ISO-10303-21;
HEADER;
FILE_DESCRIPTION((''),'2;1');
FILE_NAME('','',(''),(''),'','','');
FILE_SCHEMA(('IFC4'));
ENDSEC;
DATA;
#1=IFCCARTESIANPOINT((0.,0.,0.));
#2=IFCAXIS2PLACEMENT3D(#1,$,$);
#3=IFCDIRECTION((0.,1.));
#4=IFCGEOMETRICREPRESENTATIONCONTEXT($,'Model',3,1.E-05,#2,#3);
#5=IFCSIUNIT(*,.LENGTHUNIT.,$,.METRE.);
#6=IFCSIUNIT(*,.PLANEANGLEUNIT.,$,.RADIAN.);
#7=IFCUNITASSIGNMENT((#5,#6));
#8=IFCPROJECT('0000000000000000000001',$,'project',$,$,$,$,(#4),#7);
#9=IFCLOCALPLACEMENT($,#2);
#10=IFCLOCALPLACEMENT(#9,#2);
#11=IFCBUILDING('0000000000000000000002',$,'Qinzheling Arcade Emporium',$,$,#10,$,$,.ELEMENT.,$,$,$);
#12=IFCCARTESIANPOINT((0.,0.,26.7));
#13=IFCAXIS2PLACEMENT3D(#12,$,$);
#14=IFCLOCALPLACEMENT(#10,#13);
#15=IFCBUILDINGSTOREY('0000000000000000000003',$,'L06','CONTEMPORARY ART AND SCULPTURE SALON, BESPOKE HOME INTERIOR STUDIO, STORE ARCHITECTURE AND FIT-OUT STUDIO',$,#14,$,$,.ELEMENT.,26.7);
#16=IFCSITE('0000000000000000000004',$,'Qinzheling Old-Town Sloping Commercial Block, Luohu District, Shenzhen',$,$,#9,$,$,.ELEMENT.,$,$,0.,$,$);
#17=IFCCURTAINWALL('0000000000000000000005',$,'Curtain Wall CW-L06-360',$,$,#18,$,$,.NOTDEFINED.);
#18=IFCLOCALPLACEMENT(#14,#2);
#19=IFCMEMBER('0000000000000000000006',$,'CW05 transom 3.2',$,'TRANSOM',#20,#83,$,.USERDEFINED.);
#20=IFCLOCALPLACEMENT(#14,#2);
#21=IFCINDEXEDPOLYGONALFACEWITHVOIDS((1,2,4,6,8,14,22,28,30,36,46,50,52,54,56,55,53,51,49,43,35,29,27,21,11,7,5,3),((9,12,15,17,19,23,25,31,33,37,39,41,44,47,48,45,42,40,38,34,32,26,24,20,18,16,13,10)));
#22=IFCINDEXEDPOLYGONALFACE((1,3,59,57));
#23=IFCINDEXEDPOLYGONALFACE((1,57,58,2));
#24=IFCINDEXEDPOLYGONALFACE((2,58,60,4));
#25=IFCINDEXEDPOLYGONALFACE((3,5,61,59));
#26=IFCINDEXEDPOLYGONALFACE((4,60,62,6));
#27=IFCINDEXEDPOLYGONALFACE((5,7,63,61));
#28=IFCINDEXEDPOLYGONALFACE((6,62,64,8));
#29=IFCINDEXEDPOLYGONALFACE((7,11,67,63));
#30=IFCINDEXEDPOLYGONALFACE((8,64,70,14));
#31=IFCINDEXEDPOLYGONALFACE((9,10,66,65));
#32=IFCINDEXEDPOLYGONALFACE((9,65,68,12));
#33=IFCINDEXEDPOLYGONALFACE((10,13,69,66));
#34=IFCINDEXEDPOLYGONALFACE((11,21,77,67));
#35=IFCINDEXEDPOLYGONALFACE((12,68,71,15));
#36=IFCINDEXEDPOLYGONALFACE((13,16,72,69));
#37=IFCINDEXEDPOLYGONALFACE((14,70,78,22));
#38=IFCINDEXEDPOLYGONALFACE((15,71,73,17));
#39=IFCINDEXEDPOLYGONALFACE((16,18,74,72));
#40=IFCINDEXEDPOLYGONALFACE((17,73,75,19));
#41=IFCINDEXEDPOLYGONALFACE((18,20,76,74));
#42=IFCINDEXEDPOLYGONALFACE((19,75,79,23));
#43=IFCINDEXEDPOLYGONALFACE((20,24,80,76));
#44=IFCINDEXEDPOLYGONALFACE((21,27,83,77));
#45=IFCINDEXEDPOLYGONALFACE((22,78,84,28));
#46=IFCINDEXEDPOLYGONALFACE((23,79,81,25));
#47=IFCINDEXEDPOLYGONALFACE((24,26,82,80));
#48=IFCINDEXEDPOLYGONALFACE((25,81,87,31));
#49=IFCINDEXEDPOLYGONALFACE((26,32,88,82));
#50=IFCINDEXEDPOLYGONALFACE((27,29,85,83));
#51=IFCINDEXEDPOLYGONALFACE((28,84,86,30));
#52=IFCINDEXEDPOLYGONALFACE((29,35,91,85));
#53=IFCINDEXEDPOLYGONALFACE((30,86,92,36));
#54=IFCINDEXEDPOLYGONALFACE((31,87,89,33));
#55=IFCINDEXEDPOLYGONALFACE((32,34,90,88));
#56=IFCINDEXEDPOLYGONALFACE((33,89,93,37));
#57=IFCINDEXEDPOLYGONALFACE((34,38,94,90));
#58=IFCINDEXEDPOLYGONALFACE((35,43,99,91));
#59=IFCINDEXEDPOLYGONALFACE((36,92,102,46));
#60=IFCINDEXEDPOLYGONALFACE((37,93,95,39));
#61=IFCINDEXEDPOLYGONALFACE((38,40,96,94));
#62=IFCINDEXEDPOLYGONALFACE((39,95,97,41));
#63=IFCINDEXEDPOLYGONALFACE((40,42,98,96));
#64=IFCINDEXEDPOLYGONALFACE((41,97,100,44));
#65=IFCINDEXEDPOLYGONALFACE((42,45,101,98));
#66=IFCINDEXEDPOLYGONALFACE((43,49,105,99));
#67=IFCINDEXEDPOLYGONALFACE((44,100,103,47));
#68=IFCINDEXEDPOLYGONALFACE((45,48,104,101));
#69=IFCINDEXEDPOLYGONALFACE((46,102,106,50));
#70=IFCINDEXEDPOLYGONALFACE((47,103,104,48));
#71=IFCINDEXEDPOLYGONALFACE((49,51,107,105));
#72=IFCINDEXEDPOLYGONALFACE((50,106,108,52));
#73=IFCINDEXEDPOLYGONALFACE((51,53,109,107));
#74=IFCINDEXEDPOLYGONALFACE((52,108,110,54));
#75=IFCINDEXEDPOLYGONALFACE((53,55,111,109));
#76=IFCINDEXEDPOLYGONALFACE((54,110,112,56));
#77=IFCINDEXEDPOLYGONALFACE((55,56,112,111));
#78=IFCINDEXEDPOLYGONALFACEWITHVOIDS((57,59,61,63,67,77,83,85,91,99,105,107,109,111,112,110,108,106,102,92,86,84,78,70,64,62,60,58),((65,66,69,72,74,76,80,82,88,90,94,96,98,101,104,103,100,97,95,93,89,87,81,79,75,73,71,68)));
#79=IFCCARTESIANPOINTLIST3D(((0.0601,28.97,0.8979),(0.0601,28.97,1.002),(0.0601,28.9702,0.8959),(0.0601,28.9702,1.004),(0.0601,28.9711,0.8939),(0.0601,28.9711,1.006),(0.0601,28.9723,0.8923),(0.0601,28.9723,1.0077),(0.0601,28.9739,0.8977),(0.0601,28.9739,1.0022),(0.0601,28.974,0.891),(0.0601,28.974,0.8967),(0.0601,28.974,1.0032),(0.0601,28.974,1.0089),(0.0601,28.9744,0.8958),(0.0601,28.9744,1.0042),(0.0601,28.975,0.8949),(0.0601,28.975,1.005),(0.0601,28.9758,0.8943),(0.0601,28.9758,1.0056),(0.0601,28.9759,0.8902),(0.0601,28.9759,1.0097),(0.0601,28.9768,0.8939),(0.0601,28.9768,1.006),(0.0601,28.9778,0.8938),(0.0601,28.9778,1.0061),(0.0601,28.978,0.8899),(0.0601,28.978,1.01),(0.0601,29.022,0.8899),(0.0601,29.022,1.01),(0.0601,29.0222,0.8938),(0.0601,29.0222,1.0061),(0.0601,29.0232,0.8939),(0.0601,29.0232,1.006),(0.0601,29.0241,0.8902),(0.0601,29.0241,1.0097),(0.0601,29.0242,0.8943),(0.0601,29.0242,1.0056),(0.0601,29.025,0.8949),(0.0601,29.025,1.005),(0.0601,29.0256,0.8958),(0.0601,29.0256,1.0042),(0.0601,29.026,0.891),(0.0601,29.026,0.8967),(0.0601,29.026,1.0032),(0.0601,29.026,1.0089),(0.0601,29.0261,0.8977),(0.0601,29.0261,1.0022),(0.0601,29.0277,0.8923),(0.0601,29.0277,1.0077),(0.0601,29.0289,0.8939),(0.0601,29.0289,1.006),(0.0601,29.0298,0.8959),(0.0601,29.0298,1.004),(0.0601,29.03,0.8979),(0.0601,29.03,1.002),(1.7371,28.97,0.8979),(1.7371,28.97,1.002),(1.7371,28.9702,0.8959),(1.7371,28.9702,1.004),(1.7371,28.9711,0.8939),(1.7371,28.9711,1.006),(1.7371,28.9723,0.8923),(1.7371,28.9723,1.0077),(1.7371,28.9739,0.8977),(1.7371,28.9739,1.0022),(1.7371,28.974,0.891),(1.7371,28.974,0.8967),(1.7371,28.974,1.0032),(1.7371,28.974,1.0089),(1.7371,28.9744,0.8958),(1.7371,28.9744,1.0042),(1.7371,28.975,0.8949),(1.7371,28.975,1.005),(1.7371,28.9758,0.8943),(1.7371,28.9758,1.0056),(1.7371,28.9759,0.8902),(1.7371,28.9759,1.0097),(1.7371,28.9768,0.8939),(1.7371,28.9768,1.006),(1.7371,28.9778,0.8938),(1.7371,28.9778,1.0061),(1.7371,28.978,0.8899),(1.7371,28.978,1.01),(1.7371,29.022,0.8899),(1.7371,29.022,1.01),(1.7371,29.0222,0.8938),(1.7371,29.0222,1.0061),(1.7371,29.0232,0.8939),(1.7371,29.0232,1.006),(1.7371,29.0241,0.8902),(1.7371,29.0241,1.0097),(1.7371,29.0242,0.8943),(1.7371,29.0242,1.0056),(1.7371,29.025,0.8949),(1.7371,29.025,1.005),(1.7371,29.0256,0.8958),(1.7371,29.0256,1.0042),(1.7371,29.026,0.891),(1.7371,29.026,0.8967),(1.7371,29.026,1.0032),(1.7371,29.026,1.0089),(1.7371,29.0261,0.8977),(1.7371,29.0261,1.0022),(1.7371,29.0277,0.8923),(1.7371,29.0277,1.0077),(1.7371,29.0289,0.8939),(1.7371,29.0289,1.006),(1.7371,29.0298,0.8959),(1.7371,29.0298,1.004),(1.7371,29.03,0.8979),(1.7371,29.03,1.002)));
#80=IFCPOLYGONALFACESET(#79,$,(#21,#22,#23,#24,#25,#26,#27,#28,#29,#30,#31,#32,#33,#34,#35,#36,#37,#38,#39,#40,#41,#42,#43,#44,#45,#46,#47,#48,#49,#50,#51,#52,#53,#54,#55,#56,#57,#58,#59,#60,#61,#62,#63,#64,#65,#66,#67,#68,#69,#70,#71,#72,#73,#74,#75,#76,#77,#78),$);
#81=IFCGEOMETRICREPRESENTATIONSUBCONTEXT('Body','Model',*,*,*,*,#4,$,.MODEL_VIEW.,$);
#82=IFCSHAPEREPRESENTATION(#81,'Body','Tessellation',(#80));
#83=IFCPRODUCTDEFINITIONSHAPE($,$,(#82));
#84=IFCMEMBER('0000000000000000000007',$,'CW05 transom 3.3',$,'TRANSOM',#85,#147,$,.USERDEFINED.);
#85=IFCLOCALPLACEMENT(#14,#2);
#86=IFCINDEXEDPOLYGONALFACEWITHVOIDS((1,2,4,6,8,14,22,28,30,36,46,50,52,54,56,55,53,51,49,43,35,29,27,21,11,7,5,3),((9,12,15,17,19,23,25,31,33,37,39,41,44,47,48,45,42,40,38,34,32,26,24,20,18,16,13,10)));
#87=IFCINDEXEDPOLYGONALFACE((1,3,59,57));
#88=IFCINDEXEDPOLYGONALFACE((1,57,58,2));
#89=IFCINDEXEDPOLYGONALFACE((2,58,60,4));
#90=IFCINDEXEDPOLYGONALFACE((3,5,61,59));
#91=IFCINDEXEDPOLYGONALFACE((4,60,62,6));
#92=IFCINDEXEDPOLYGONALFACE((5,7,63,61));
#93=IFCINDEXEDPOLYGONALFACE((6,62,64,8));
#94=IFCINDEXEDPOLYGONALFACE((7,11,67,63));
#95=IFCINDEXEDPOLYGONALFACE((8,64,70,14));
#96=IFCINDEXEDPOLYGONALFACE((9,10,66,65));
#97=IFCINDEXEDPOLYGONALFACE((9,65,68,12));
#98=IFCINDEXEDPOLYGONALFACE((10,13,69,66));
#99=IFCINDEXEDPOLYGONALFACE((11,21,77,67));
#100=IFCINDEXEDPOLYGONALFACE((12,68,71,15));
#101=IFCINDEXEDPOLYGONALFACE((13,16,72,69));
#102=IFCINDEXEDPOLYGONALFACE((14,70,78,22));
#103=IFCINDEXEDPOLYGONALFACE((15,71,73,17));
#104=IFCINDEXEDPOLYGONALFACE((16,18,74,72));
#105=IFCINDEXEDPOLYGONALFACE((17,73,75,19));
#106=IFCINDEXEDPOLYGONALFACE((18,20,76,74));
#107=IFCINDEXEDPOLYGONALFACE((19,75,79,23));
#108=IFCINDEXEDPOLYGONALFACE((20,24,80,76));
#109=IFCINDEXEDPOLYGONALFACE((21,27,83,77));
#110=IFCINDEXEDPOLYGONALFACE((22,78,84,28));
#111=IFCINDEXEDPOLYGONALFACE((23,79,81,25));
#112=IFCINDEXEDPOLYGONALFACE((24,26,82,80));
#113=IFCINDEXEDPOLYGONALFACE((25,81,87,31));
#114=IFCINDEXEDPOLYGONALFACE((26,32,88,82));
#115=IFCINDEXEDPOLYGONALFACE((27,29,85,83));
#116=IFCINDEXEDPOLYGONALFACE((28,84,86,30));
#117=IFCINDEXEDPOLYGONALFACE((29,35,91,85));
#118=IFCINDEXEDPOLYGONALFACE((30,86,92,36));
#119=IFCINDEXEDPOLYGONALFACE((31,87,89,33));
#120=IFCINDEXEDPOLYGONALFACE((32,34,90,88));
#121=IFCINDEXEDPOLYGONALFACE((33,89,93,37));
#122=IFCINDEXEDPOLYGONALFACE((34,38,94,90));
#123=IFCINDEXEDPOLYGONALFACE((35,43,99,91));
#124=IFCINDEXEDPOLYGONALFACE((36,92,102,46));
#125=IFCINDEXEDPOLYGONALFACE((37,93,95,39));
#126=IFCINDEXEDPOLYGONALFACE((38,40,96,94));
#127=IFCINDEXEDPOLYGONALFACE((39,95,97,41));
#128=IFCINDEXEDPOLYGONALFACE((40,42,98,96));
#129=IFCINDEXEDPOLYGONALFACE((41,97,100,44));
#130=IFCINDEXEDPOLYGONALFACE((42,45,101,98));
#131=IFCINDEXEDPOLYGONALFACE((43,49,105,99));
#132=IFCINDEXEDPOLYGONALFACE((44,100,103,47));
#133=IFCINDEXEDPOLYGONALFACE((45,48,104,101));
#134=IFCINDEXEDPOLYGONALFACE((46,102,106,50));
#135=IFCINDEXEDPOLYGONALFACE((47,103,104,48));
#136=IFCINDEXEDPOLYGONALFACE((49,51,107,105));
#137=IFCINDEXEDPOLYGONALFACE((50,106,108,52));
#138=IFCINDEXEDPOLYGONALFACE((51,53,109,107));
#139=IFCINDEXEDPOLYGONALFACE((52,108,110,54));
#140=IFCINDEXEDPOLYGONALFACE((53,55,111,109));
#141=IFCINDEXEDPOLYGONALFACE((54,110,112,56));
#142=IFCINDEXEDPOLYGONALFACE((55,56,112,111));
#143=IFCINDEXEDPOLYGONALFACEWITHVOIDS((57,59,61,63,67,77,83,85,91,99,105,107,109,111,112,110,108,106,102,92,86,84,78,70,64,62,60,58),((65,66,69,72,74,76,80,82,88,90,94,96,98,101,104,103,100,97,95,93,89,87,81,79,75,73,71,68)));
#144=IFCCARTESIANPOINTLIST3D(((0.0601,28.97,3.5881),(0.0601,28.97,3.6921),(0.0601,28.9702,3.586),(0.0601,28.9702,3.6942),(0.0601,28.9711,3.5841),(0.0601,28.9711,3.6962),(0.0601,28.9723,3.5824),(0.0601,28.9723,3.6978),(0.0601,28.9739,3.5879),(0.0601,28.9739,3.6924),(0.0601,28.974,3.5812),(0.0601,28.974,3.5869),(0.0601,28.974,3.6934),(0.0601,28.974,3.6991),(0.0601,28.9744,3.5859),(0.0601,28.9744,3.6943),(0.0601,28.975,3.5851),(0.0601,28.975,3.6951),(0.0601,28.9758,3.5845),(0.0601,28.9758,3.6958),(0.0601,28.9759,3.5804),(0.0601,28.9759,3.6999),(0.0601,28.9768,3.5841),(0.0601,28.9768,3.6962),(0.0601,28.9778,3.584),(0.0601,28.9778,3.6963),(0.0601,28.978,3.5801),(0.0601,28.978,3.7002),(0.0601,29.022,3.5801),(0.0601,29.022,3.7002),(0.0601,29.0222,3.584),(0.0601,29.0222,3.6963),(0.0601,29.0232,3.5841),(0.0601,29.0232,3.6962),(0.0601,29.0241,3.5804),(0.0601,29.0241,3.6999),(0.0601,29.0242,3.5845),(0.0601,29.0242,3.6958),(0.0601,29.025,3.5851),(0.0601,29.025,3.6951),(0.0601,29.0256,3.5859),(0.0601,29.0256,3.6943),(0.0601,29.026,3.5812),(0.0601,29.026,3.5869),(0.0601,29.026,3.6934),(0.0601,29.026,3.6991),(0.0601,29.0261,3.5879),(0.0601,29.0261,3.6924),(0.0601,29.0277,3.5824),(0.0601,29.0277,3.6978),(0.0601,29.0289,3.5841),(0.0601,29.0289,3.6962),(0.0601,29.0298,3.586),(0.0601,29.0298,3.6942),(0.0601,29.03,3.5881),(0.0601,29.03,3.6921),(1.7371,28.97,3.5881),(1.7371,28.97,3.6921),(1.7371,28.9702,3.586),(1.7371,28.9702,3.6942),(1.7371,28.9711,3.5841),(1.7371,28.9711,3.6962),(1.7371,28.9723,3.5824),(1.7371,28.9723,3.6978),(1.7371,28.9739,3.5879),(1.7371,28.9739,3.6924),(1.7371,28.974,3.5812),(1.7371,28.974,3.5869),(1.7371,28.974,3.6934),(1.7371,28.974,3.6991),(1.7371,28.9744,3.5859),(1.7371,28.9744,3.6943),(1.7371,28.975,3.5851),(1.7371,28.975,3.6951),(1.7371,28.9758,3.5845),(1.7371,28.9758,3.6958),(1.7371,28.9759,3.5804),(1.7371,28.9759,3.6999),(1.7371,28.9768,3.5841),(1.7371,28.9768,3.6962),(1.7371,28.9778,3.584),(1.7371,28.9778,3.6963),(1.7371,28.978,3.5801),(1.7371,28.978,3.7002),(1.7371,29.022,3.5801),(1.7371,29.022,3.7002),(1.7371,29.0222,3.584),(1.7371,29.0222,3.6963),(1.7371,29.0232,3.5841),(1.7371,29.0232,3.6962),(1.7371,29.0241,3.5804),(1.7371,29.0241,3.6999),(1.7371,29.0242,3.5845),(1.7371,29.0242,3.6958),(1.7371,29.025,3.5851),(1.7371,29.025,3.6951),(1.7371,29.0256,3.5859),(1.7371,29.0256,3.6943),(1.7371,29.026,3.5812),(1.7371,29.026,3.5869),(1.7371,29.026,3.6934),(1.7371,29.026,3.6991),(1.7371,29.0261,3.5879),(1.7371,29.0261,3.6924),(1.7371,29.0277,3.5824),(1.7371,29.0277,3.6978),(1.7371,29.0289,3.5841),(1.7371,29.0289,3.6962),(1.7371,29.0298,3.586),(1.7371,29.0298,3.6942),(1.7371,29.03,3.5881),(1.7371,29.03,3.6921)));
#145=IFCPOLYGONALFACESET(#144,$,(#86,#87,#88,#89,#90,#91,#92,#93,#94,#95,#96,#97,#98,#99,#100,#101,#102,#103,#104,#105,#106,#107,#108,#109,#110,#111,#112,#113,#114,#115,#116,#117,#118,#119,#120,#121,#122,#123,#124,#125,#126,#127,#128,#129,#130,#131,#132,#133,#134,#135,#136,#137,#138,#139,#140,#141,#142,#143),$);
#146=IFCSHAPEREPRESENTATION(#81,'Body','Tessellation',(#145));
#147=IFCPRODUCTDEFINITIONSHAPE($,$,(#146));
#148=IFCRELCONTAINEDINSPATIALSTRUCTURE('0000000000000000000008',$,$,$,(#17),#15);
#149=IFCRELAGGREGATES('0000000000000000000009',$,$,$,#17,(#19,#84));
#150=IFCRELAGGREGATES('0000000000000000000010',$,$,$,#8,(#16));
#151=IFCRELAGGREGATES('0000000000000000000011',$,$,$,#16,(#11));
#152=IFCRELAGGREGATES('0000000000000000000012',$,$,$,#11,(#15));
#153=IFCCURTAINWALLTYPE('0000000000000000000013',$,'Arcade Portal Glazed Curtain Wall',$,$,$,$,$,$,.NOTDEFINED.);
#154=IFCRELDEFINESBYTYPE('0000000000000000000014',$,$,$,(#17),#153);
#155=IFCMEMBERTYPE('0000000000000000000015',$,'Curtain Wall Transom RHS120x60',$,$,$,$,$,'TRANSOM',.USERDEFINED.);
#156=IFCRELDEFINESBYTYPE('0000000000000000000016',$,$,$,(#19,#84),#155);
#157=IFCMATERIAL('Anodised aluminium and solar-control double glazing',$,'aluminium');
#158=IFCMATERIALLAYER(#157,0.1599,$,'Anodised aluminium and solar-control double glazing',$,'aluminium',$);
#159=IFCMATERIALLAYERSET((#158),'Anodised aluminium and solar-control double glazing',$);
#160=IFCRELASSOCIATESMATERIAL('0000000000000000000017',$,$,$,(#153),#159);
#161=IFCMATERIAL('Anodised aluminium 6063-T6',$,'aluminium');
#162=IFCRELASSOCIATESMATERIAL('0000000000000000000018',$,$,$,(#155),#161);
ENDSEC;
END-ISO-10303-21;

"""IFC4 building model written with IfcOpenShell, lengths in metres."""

from ifc_helpers import new_model, si_unit, direction, frame, origin, origin_2d, place, context, subcontext, project, spatial, hollow_rectangle, extrude, material, layer, layer_set, material_profile, profile_set, type_object, element, aggregate, save


model = new_model("IFC4")

# Units and contexts
model_context = context("Model", 3, precision=1e-05, world=origin(), true_north=direction((0.0, 1.0)))
body_context = subcontext(model_context, "Body", "Model", "MODEL_VIEW")
ifc_project = project(units=[si_unit("LENGTHUNIT", "METRE"), si_unit("PLANEANGLEUNIT", "RADIAN")], contexts=[model_context])

# Site, building, storey
site_placement = place(None, origin())
site = spatial("IfcSite", under=ifc_project, at=site_placement, Name="Qinzheling Old-Town Sloping Commercial Block, Luohu District, Shenzhen", CompositionType="ELEMENT", RefElevation=0.0)
building_placement = place(site_placement, origin())
building = spatial("IfcBuilding", under=site, at=building_placement, Name="Qinzheling Arcade Emporium", CompositionType="ELEMENT")
storey_placement = place(building_placement, frame((0.0, 0.0, 26.7)))
storey = spatial("IfcBuildingStorey", under=building, at=storey_placement, Name="L06", Description="CONTEMPORARY ART AND SCULPTURE SALON, BESPOKE HOME INTERIOR STUDIO, STORE ARCHITECTURE AND FIT-OUT STUDIO", CompositionType="ELEMENT", Elevation=26.7)

# Curtain wall, members
ifc_material_1 = material(Name="Anodised aluminium and solar-control double glazing", Category="aluminium")
ifc_layer_1 = layer(ifc_material_1, 0.1599, Name="Anodised aluminium and solar-control double glazing", Category="aluminium")
ifc_layer_set_1 = layer_set([ifc_layer_1], Name="Anodised aluminium and solar-control double glazing")
curtain_wall_type = type_object("IfcCurtainWallType", Name="Arcade Portal Glazed Curtain Wall", PredefinedType="NOTDEFINED", material=ifc_layer_set_1)
curtain_wall_placement = place(storey_placement, origin())
curtain_wall = element("IfcCurtainWall", 1, at=curtain_wall_placement, inside=storey, type_object=curtain_wall_type, Name="Curtain Wall CW-L06-360", PredefinedType="NOTDEFINED")
ifc_material_2 = material(Name="Anodised aluminium 6063-T6", Category="aluminium")
ifc_material_profile_1 = material_profile(ifc_material_2, hollow_rectangle(XDim=0.0601, YDim=0.1201, WallThickness=0.0039, InnerFilletRadius=0.0039, OuterFilletRadius=0.0081, at=origin_2d()), Name="RHS 120x60x4", Category="aluminium")
ifc_profile_set_1 = profile_set([ifc_material_profile_1], Name="Anodised aluminium 6063-T6")
member_type_1 = type_object("IfcMemberType", Name="Curtain Wall Transom RHS120x60", ElementType="TRANSOM", PredefinedType="USERDEFINED", material=ifc_profile_set_1)
member_1_placement = place(storey_placement, frame((1.7371, 29.0, 0.95), z_axis=(-1.0, 0.0, 0.0), x_axis=(0.0, -1.0, 0.0)))
member_1 = element("IfcMember", 2, at=member_1_placement, type_object=member_type_1, Name="CW05 transom 3.2", ObjectType="TRANSOM", PredefinedType="USERDEFINED", context=body_context, shape_type="SweptSolid", body=[
    extrude(hollow_rectangle(XDim=0.0601, YDim=0.1201, WallThickness=0.0039, InnerFilletRadius=0.0039, OuterFilletRadius=0.0081, at=origin_2d()), origin(), (0.0, 0.0, 1.0), 1.677),
])
member_2_placement = place(storey_placement, frame((1.7371, 29.0, 3.6401), z_axis=(-1.0, 0.0, 0.0), x_axis=(0.0, -1.0, 0.0)))
member_2 = element("IfcMember", 3, at=member_2_placement, type_object=member_type_1, Name="CW05 transom 3.3", ObjectType="TRANSOM", PredefinedType="USERDEFINED", context=body_context, shape_type="SweptSolid", body=[
    extrude(hollow_rectangle(XDim=0.0601, YDim=0.1201, WallThickness=0.0039, InnerFilletRadius=0.0039, OuterFilletRadius=0.0081, at=origin_2d()), origin(), (0.0, 0.0, 1.0), 1.677),
])
aggregate(curtain_wall, [member_1, member_2])

save(model, "model.ifc")
